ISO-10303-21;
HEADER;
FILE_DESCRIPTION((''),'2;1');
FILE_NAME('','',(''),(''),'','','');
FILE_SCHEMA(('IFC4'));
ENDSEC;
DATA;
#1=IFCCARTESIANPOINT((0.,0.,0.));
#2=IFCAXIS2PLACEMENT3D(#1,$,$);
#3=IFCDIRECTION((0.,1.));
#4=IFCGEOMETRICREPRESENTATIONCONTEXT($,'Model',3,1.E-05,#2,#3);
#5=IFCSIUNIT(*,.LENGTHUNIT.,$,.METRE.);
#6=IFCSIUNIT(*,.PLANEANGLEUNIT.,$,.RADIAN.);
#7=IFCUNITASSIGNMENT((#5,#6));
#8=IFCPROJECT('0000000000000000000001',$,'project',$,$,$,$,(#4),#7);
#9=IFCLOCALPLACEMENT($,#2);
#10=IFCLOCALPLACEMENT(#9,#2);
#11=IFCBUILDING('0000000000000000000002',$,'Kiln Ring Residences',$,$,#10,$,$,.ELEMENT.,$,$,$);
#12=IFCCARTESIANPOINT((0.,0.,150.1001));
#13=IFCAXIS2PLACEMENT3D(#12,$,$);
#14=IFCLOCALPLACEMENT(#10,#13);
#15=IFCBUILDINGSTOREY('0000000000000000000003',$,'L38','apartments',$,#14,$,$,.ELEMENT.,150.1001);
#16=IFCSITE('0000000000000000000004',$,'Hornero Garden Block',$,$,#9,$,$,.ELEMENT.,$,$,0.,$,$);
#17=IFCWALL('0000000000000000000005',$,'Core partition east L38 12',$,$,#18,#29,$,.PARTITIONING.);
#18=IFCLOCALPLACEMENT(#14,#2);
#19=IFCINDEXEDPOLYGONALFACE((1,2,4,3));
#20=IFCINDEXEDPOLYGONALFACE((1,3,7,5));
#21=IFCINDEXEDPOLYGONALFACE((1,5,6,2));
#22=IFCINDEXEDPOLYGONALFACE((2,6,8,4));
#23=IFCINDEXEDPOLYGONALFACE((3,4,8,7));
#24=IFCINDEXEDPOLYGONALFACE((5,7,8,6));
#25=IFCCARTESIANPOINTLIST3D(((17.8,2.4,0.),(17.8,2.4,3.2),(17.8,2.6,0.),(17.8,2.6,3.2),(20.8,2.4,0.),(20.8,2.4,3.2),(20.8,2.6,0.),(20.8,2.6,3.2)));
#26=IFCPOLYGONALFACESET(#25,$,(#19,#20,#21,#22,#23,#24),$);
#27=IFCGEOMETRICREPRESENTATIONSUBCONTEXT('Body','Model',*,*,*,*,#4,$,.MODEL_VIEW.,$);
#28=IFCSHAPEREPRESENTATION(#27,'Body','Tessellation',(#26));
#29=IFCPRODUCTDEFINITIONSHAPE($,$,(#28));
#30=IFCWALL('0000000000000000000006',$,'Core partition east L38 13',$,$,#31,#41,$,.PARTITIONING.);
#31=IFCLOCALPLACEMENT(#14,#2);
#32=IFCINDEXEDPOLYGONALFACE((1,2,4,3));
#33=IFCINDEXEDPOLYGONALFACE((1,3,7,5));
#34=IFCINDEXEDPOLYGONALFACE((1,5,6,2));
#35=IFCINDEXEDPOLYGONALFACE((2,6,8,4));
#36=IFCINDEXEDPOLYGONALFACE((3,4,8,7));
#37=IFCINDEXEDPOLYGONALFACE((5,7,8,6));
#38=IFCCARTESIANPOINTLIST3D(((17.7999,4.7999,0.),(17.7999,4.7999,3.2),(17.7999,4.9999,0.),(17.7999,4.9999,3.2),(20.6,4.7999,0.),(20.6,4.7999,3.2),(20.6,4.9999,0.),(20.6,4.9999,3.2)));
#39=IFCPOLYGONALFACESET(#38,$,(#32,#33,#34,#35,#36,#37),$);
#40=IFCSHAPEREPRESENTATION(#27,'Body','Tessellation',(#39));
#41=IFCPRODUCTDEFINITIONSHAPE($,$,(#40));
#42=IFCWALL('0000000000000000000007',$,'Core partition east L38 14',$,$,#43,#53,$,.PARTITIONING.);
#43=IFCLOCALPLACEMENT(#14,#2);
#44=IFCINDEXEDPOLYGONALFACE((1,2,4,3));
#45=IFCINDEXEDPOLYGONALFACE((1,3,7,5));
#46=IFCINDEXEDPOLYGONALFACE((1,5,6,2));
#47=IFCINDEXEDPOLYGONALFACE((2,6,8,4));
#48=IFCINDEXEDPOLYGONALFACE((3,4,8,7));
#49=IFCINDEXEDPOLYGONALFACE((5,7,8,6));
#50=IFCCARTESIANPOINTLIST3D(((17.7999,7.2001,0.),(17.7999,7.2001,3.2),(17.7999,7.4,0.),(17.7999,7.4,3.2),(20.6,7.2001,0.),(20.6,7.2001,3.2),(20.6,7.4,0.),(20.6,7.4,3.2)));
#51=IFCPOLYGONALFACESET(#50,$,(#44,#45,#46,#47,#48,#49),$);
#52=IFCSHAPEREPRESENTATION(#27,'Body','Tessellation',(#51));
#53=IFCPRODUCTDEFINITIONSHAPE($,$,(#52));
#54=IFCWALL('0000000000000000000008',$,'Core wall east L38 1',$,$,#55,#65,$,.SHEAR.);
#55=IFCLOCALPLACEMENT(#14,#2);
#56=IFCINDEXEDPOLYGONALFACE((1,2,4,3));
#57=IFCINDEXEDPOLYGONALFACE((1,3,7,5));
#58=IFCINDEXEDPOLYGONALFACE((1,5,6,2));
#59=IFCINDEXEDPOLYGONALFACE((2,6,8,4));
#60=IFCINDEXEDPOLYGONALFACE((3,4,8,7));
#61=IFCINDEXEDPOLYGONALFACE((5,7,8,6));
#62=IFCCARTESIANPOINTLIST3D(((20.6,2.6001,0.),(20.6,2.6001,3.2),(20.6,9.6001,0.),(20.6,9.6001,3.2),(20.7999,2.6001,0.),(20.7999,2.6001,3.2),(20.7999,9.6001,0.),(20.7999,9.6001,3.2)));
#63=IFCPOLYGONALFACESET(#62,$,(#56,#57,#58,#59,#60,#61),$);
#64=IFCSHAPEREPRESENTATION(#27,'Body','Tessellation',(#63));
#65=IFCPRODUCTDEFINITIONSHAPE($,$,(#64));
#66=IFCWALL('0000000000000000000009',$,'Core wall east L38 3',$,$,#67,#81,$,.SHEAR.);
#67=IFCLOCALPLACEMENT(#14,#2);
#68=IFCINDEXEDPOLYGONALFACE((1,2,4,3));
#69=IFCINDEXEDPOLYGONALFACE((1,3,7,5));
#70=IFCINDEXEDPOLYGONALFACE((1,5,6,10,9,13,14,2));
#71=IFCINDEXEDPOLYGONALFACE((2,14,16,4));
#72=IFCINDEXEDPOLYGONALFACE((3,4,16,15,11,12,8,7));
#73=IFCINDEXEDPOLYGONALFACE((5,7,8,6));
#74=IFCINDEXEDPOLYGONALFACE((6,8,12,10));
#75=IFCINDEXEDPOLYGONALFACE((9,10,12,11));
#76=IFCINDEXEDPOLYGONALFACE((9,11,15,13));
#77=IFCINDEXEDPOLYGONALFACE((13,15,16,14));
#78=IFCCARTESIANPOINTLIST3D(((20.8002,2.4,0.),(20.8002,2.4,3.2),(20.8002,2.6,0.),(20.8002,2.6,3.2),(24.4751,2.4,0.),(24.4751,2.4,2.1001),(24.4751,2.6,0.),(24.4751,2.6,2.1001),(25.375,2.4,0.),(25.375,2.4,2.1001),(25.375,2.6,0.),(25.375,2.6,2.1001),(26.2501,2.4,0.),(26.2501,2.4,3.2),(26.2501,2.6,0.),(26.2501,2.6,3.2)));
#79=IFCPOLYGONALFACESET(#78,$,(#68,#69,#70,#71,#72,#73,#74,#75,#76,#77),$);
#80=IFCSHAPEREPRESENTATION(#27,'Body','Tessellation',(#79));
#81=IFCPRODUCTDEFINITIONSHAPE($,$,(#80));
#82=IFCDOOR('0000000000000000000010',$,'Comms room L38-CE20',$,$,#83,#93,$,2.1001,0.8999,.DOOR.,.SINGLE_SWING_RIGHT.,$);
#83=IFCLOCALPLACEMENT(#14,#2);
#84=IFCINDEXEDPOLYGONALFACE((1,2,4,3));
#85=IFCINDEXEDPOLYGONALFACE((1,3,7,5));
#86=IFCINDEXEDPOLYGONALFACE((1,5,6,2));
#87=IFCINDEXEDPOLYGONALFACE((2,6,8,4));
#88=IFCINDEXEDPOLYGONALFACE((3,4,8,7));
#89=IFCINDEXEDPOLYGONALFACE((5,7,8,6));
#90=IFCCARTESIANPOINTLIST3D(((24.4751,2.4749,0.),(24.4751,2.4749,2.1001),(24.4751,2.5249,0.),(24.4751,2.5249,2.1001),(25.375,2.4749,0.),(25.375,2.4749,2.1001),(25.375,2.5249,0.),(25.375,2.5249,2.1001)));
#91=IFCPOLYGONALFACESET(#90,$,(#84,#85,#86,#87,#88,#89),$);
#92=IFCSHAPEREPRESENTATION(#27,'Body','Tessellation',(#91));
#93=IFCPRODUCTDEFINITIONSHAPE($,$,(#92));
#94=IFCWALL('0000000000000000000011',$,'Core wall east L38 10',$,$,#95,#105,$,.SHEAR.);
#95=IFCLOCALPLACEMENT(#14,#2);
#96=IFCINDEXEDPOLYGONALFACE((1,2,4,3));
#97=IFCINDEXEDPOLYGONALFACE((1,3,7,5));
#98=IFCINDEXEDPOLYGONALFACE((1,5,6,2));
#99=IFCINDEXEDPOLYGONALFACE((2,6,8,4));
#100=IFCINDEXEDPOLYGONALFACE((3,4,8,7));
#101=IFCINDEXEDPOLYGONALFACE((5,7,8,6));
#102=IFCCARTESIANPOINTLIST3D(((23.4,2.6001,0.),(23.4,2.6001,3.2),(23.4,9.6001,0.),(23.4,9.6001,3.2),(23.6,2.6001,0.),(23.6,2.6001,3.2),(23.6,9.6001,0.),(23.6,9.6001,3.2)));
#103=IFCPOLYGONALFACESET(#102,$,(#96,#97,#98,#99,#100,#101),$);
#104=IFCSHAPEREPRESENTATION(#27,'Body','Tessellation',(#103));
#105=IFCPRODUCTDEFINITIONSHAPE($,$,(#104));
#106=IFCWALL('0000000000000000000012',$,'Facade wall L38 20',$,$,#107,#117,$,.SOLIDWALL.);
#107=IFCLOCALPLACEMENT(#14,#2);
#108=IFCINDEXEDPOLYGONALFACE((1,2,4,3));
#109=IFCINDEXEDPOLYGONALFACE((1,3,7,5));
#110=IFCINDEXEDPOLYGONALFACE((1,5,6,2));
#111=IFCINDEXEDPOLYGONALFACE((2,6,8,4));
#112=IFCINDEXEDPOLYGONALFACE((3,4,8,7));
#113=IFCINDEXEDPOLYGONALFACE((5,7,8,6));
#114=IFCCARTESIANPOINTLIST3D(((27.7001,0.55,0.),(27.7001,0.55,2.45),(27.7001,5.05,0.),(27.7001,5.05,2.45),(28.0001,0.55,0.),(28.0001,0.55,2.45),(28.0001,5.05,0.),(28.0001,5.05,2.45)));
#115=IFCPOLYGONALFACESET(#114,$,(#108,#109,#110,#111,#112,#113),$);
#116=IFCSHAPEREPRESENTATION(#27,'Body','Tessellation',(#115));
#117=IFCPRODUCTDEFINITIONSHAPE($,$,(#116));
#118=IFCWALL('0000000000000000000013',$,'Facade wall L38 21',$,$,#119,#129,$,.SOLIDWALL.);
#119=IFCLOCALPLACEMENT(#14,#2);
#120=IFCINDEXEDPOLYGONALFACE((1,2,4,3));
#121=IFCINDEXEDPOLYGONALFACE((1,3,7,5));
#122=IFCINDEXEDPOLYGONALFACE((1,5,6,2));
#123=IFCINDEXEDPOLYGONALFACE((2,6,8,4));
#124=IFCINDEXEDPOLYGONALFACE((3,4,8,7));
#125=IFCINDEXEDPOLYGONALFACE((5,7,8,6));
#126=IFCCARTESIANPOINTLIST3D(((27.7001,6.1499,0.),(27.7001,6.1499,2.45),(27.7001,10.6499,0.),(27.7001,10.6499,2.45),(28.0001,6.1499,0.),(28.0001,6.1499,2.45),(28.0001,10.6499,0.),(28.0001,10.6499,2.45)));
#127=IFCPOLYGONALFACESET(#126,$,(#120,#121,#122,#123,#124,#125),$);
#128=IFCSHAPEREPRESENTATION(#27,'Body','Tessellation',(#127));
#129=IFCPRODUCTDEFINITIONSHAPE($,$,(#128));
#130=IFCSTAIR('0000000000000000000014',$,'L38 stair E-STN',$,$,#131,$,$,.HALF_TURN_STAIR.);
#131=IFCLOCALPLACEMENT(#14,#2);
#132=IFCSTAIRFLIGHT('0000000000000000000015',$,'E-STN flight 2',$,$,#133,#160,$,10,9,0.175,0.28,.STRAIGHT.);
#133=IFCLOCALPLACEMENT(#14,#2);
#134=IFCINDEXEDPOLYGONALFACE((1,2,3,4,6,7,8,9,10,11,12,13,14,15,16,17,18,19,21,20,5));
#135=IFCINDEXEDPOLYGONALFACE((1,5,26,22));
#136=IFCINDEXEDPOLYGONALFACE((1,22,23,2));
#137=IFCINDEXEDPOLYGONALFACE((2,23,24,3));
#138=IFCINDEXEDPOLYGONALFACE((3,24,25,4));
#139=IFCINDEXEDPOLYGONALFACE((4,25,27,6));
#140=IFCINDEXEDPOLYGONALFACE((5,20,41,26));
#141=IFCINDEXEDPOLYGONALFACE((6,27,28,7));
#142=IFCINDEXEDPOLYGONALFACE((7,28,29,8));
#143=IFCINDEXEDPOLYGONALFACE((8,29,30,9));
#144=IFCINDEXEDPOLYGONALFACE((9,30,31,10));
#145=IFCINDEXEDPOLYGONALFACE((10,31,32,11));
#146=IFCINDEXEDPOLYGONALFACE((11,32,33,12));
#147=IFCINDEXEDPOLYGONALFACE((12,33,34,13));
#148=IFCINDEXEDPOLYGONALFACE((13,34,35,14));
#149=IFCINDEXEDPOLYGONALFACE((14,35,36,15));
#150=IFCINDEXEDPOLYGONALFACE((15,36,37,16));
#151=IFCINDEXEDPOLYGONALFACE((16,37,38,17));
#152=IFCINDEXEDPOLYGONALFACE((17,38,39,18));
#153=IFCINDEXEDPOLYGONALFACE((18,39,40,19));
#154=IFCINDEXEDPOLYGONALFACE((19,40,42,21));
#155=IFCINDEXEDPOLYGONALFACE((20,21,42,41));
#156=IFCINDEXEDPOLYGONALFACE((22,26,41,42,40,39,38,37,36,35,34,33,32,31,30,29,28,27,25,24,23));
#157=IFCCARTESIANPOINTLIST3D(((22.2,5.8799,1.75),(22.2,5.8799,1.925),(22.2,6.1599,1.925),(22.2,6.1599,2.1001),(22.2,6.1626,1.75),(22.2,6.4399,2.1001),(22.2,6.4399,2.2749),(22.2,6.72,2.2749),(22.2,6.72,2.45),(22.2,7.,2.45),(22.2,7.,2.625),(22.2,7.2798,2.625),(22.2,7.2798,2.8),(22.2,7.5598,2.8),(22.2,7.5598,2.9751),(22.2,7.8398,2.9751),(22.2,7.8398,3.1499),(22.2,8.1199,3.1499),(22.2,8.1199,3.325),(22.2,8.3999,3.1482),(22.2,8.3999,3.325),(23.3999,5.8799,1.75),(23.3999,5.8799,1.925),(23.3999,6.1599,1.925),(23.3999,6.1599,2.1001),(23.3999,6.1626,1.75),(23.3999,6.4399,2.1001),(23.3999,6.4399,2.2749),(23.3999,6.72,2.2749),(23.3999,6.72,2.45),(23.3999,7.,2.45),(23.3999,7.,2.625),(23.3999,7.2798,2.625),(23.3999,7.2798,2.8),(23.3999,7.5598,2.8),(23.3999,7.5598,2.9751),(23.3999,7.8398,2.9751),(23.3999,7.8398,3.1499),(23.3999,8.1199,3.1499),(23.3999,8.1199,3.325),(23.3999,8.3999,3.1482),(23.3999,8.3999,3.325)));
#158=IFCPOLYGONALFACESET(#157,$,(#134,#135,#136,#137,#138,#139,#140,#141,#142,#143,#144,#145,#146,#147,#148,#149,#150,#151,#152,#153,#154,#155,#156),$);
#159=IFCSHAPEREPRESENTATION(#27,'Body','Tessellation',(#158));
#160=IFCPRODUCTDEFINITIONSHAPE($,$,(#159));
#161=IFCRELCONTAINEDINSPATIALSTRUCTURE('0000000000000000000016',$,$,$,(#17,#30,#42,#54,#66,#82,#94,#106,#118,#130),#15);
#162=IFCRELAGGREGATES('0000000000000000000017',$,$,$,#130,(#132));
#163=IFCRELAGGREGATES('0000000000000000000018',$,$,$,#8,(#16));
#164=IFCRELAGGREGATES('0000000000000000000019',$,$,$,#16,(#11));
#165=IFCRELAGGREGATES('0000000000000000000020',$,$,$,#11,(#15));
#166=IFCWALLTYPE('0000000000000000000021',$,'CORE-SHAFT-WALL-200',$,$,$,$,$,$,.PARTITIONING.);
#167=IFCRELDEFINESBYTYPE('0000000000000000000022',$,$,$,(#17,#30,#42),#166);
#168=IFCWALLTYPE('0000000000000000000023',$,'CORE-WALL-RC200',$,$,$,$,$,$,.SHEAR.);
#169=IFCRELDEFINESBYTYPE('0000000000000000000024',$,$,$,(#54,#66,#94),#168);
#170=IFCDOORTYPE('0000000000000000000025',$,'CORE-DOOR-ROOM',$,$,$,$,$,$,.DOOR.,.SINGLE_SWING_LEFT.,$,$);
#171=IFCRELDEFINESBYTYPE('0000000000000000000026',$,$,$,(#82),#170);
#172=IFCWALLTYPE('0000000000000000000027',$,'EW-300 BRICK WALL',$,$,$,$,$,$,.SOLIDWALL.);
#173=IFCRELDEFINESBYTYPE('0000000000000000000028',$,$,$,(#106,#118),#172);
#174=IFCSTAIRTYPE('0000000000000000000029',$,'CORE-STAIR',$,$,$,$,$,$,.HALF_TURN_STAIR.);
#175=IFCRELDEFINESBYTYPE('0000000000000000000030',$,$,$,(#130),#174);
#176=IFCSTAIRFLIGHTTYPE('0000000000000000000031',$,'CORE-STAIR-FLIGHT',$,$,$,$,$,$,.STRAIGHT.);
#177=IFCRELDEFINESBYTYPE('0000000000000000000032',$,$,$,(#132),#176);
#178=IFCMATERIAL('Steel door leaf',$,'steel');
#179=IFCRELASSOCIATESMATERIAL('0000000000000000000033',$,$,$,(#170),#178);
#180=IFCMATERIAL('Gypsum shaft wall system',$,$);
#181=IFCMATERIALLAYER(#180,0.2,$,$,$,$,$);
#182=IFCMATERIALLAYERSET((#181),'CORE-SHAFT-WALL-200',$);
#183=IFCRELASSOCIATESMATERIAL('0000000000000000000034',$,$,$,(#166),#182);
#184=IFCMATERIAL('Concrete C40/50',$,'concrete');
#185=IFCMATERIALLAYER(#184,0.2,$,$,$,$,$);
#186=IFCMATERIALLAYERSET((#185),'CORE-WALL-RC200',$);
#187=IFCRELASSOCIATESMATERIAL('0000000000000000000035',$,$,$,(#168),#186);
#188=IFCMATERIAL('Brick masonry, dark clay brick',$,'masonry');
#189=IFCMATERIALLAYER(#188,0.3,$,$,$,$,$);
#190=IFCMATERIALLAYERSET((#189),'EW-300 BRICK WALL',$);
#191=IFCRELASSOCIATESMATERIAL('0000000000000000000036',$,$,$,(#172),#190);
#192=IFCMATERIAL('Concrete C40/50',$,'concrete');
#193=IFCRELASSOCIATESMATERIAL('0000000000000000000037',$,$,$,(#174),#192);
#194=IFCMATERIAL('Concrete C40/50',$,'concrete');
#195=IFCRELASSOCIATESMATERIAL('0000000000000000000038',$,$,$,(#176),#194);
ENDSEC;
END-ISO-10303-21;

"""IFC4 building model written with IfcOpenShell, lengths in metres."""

from ifc_helpers import new_model, si_unit, direction, frame, frame_2d, origin, place, context, subcontext, project, spatial, polyline, rectangle, outline, extrude, material, layer, layer_set, type_object, element, fill, aggregate, save


model = new_model("IFC4")

# Units and contexts
model_context = context("Model", 3, precision=1e-05, world=origin(), true_north=direction((0.0, 1.0)))
body_context = subcontext(model_context, "Body", "Model", "MODEL_VIEW")
ifc_project = project(units=[si_unit("LENGTHUNIT", "METRE"), si_unit("PLANEANGLEUNIT", "RADIAN")], contexts=[model_context])

# Site, building, storey
site_placement = place(None, origin())
site = spatial("IfcSite", under=ifc_project, at=site_placement, Name="Hornero Garden Block", CompositionType="ELEMENT", RefElevation=0.0)
building_placement = place(site_placement, origin())
building = spatial("IfcBuilding", under=site, at=building_placement, Name="Kiln Ring Residences", CompositionType="ELEMENT")
storey_placement = place(building_placement, frame((0.0, 0.0, 150.1001)))
storey = spatial("IfcBuildingStorey", under=building, at=storey_placement, Name="L38", Description="apartments", CompositionType="ELEMENT", Elevation=150.1001)

# Shared definitions
ifc_material_1 = material(Name="Steel door leaf", Category="steel")
door_type = type_object("IfcDoorType", Name="CORE-DOOR-ROOM", OperationType="SINGLE_SWING_LEFT", PredefinedType="DOOR", material=ifc_material_1)

# Walls
ifc_material_2 = material(Name="Gypsum shaft wall system")
ifc_layer_1 = layer(ifc_material_2, 0.2)
ifc_layer_set_1 = layer_set([ifc_layer_1], Name="CORE-SHAFT-WALL-200")
wall_type_1 = type_object("IfcWallType", Name="CORE-SHAFT-WALL-200", PredefinedType="PARTITIONING", material=ifc_layer_set_1)
for number, where, z_axis, x_axis, name in (
    (1, (17.8, 2.5, 0.0), (0.0, 0.0, 1.0), (1.0, 0.0, 0.0), "Core partition east L38 12"),
):
    element("IfcWall", number, at=place(storey_placement, frame(where, z_axis=z_axis, x_axis=x_axis)), inside=storey, type_object=wall_type_1, Name=name, PredefinedType="PARTITIONING", context=body_context, shape_type="SweptSolid", body=[
        extrude(rectangle(XDim=3.0, YDim=0.2, at=frame_2d((1.5, 0.0))), origin(), (0.0, 0.0, 1.0), 3.2),
    ])
for number, where, z_axis, x_axis, name in (
    (2, (17.8, 4.8999, 0.0), (0.0, 0.0, 1.0), (1.0, 0.0, 0.0), "Core partition east L38 13"),
    (3, (17.8, 7.3, 0.0), (0.0, 0.0, 1.0), (1.0, 0.0, 0.0), "Core partition east L38 14"),
):
    element("IfcWall", number, at=place(storey_placement, frame(where, z_axis=z_axis, x_axis=x_axis)), inside=storey, type_object=wall_type_1, Name=name, PredefinedType="PARTITIONING", context=body_context, shape_type="SweptSolid", body=[
        extrude(rectangle(XDim=2.8, YDim=0.2, at=frame_2d((1.3999, 0.0))), origin(), (0.0, 0.0, 1.0), 3.2),
    ])
ifc_material_3 = material(Name="Concrete C40/50", Category="concrete")
ifc_layer_2 = layer(ifc_material_3, 0.2)
ifc_layer_set_2 = layer_set([ifc_layer_2], Name="CORE-WALL-RC200")
wall_type_2 = type_object("IfcWallType", Name="CORE-WALL-RC200", PredefinedType="SHEAR", material=ifc_layer_set_2)
wall_1_placement = place(storey_placement, frame((20.7, 2.6001, 0.0), z_axis=(0.0, 0.0, 1.0), x_axis=(0.0, 1.0, 0.0)))
element("IfcWall", 4, at=wall_1_placement, inside=storey, type_object=wall_type_2, Name="Core wall east L38 1", PredefinedType="SHEAR", context=body_context, shape_type="SweptSolid", body=[
    extrude(rectangle(XDim=7.0, YDim=0.2, at=frame_2d((3.5, 0.0))), origin(), (0.0, 0.0, 1.0), 3.2),
])

# Wall, opening, door
wall_2_placement = place(storey_placement, frame((20.8, 2.5, 0.0), z_axis=(0.0, 0.0, 1.0), x_axis=(1.0, 0.0, 0.0)))
wall_2 = element("IfcWall", 5, at=wall_2_placement, inside=storey, type_object=wall_type_2, Name="Core wall east L38 3", PredefinedType="SHEAR", context=body_context, shape_type="SweptSolid", body=[
    extrude(rectangle(XDim=5.45, YDim=0.2, at=frame_2d((2.7251, 0.0))), origin(), (0.0, 0.0, 1.0), 3.2),
])
opening_1_placement = place(wall_2_placement, frame((3.675, 0.0, 0.0)))
opening_1 = element("IfcOpeningElement", 6, at=opening_1_placement, cuts=wall_2, PredefinedType="OPENING", context=body_context, shape_type="SweptSolid", body=[
    extrude(rectangle(XDim=0.8999, YDim=2.1001, at=frame_2d((0.45, 1.05))), frame((0.0, 0.1099, 0.0), z_axis=(0.0, -1.0, 0.0), x_axis=(1.0, 0.0, 0.0)), (0.0, 0.0, 1.0), 0.22),
])
door_1_placement = place(opening_1_placement, origin())
door_1 = element("IfcDoor", 7, at=door_1_placement, inside=storey, type_object=door_type, Name="Comms room L38-CE20", OperationType="SINGLE_SWING_RIGHT", OverallHeight=2.1001, OverallWidth=0.8999, PredefinedType="DOOR", context=body_context, shape_type="SweptSolid", body=[
    extrude(rectangle(XDim=0.8999, YDim=2.1001, at=frame_2d((0.45, 1.05))), frame((0.0, 0.0249, 0.0), z_axis=(0.0, -1.0, 0.0), x_axis=(1.0, 0.0, 0.0)), (0.0, 0.0, 1.0), 0.05),
])
fill(opening_1, door_1)

# Walls
wall_3_placement = place(storey_placement, frame((23.5, 2.6001, 0.0), z_axis=(0.0, 0.0, 1.0), x_axis=(0.0, 1.0, 0.0)))
element("IfcWall", 8, at=wall_3_placement, inside=storey, type_object=wall_type_2, Name="Core wall east L38 10", PredefinedType="SHEAR", context=body_context, shape_type="SweptSolid", body=[
    extrude(rectangle(XDim=7.0, YDim=0.2, at=frame_2d((3.5, 0.0))), origin(), (0.0, 0.0, 1.0), 3.2),
])
ifc_material_4 = material(Name="Brick masonry, dark clay brick", Category="masonry")
ifc_layer_3 = layer(ifc_material_4, 0.3)
ifc_layer_set_3 = layer_set([ifc_layer_3], Name="EW-300 BRICK WALL")
wall_type_3 = type_object("IfcWallType", Name="EW-300 BRICK WALL", PredefinedType="SOLIDWALL", material=ifc_layer_set_3)
for number, where, z_axis, x_axis, name in (
    (9, (27.8501, 0.55, 0.0), (0.0, 0.0, 1.0), (0.0, 1.0, 0.0), "Facade wall L38 20"),
    (10, (27.8501, 6.1499, 0.0), (0.0, 0.0, 1.0), (0.0, 1.0, 0.0), "Facade wall L38 21"),
):
    element("IfcWall", number, at=place(storey_placement, frame(where, z_axis=z_axis, x_axis=x_axis)), inside=storey, type_object=wall_type_3, Name=name, PredefinedType="SOLIDWALL", context=body_context, shape_type="SweptSolid", body=[
        extrude(rectangle(XDim=4.5, YDim=0.3, at=frame_2d((2.25, 0.0))), origin(), (0.0, 0.0, 1.0), 2.45),
    ])

# Stair, stair flight
ifc_material_5 = material(Name="Concrete C40/50", Category="concrete")
stair_type = type_object("IfcStairType", Name="CORE-STAIR", PredefinedType="HALF_TURN_STAIR", material=ifc_material_5)
stair_placement = place(storey_placement, origin())
stair = element("IfcStair", 11, at=stair_placement, inside=storey, type_object=stair_type, Name="L38 stair E-STN", PredefinedType="HALF_TURN_STAIR")
ifc_material_6 = material(Name="Concrete C40/50", Category="concrete")
stair_flight_type = type_object("IfcStairFlightType", Name="CORE-STAIR-FLIGHT", PredefinedType="STRAIGHT", material=ifc_material_6)
stair_flight_placement = place(storey_placement, frame((22.8, 5.8799, 1.75), z_axis=(0.0, 0.0, 1.0), x_axis=(0.0, 1.0, 0.0)))
stair_flight = element("IfcStairFlight", 12, at=stair_flight_placement, type_object=stair_flight_type, Name="E-STN flight 2", NumberOfRisers=10, NumberOfTreads=9, PredefinedType="STRAIGHT", RiserHeight=0.175, TreadLength=0.28, context=body_context, shape_type="SweptSolid", body=[
    extrude(outline(polyline([(0.0, 0.0), (0.0, 0.175), (0.28, 0.175), (0.28, 0.3501), (0.5601, 0.3501), (0.5601, 0.5249), (0.8401, 0.5249), (0.8401, 0.7), (1.1201, 0.7), (1.1201, 0.875), (1.3999, 0.875), (1.3999, 1.05), (1.6799, 1.05), (1.6799, 1.2251), (1.96, 1.2251), (1.96, 1.3999), (2.24, 1.3999), (2.24, 1.575), (2.52, 1.575), (2.52, 1.75), (2.52, 1.3982), (0.2827, 0.0), (0.0, 0.0)])), frame((0.0, 0.6001, 0.0), z_axis=(0.0, -1.0, 0.0), x_axis=(1.0, 0.0, 0.0)), (0.0, 0.0, 1.0), 1.2),
])
aggregate(stair, [stair_flight])

save(model, "model.ifc")
